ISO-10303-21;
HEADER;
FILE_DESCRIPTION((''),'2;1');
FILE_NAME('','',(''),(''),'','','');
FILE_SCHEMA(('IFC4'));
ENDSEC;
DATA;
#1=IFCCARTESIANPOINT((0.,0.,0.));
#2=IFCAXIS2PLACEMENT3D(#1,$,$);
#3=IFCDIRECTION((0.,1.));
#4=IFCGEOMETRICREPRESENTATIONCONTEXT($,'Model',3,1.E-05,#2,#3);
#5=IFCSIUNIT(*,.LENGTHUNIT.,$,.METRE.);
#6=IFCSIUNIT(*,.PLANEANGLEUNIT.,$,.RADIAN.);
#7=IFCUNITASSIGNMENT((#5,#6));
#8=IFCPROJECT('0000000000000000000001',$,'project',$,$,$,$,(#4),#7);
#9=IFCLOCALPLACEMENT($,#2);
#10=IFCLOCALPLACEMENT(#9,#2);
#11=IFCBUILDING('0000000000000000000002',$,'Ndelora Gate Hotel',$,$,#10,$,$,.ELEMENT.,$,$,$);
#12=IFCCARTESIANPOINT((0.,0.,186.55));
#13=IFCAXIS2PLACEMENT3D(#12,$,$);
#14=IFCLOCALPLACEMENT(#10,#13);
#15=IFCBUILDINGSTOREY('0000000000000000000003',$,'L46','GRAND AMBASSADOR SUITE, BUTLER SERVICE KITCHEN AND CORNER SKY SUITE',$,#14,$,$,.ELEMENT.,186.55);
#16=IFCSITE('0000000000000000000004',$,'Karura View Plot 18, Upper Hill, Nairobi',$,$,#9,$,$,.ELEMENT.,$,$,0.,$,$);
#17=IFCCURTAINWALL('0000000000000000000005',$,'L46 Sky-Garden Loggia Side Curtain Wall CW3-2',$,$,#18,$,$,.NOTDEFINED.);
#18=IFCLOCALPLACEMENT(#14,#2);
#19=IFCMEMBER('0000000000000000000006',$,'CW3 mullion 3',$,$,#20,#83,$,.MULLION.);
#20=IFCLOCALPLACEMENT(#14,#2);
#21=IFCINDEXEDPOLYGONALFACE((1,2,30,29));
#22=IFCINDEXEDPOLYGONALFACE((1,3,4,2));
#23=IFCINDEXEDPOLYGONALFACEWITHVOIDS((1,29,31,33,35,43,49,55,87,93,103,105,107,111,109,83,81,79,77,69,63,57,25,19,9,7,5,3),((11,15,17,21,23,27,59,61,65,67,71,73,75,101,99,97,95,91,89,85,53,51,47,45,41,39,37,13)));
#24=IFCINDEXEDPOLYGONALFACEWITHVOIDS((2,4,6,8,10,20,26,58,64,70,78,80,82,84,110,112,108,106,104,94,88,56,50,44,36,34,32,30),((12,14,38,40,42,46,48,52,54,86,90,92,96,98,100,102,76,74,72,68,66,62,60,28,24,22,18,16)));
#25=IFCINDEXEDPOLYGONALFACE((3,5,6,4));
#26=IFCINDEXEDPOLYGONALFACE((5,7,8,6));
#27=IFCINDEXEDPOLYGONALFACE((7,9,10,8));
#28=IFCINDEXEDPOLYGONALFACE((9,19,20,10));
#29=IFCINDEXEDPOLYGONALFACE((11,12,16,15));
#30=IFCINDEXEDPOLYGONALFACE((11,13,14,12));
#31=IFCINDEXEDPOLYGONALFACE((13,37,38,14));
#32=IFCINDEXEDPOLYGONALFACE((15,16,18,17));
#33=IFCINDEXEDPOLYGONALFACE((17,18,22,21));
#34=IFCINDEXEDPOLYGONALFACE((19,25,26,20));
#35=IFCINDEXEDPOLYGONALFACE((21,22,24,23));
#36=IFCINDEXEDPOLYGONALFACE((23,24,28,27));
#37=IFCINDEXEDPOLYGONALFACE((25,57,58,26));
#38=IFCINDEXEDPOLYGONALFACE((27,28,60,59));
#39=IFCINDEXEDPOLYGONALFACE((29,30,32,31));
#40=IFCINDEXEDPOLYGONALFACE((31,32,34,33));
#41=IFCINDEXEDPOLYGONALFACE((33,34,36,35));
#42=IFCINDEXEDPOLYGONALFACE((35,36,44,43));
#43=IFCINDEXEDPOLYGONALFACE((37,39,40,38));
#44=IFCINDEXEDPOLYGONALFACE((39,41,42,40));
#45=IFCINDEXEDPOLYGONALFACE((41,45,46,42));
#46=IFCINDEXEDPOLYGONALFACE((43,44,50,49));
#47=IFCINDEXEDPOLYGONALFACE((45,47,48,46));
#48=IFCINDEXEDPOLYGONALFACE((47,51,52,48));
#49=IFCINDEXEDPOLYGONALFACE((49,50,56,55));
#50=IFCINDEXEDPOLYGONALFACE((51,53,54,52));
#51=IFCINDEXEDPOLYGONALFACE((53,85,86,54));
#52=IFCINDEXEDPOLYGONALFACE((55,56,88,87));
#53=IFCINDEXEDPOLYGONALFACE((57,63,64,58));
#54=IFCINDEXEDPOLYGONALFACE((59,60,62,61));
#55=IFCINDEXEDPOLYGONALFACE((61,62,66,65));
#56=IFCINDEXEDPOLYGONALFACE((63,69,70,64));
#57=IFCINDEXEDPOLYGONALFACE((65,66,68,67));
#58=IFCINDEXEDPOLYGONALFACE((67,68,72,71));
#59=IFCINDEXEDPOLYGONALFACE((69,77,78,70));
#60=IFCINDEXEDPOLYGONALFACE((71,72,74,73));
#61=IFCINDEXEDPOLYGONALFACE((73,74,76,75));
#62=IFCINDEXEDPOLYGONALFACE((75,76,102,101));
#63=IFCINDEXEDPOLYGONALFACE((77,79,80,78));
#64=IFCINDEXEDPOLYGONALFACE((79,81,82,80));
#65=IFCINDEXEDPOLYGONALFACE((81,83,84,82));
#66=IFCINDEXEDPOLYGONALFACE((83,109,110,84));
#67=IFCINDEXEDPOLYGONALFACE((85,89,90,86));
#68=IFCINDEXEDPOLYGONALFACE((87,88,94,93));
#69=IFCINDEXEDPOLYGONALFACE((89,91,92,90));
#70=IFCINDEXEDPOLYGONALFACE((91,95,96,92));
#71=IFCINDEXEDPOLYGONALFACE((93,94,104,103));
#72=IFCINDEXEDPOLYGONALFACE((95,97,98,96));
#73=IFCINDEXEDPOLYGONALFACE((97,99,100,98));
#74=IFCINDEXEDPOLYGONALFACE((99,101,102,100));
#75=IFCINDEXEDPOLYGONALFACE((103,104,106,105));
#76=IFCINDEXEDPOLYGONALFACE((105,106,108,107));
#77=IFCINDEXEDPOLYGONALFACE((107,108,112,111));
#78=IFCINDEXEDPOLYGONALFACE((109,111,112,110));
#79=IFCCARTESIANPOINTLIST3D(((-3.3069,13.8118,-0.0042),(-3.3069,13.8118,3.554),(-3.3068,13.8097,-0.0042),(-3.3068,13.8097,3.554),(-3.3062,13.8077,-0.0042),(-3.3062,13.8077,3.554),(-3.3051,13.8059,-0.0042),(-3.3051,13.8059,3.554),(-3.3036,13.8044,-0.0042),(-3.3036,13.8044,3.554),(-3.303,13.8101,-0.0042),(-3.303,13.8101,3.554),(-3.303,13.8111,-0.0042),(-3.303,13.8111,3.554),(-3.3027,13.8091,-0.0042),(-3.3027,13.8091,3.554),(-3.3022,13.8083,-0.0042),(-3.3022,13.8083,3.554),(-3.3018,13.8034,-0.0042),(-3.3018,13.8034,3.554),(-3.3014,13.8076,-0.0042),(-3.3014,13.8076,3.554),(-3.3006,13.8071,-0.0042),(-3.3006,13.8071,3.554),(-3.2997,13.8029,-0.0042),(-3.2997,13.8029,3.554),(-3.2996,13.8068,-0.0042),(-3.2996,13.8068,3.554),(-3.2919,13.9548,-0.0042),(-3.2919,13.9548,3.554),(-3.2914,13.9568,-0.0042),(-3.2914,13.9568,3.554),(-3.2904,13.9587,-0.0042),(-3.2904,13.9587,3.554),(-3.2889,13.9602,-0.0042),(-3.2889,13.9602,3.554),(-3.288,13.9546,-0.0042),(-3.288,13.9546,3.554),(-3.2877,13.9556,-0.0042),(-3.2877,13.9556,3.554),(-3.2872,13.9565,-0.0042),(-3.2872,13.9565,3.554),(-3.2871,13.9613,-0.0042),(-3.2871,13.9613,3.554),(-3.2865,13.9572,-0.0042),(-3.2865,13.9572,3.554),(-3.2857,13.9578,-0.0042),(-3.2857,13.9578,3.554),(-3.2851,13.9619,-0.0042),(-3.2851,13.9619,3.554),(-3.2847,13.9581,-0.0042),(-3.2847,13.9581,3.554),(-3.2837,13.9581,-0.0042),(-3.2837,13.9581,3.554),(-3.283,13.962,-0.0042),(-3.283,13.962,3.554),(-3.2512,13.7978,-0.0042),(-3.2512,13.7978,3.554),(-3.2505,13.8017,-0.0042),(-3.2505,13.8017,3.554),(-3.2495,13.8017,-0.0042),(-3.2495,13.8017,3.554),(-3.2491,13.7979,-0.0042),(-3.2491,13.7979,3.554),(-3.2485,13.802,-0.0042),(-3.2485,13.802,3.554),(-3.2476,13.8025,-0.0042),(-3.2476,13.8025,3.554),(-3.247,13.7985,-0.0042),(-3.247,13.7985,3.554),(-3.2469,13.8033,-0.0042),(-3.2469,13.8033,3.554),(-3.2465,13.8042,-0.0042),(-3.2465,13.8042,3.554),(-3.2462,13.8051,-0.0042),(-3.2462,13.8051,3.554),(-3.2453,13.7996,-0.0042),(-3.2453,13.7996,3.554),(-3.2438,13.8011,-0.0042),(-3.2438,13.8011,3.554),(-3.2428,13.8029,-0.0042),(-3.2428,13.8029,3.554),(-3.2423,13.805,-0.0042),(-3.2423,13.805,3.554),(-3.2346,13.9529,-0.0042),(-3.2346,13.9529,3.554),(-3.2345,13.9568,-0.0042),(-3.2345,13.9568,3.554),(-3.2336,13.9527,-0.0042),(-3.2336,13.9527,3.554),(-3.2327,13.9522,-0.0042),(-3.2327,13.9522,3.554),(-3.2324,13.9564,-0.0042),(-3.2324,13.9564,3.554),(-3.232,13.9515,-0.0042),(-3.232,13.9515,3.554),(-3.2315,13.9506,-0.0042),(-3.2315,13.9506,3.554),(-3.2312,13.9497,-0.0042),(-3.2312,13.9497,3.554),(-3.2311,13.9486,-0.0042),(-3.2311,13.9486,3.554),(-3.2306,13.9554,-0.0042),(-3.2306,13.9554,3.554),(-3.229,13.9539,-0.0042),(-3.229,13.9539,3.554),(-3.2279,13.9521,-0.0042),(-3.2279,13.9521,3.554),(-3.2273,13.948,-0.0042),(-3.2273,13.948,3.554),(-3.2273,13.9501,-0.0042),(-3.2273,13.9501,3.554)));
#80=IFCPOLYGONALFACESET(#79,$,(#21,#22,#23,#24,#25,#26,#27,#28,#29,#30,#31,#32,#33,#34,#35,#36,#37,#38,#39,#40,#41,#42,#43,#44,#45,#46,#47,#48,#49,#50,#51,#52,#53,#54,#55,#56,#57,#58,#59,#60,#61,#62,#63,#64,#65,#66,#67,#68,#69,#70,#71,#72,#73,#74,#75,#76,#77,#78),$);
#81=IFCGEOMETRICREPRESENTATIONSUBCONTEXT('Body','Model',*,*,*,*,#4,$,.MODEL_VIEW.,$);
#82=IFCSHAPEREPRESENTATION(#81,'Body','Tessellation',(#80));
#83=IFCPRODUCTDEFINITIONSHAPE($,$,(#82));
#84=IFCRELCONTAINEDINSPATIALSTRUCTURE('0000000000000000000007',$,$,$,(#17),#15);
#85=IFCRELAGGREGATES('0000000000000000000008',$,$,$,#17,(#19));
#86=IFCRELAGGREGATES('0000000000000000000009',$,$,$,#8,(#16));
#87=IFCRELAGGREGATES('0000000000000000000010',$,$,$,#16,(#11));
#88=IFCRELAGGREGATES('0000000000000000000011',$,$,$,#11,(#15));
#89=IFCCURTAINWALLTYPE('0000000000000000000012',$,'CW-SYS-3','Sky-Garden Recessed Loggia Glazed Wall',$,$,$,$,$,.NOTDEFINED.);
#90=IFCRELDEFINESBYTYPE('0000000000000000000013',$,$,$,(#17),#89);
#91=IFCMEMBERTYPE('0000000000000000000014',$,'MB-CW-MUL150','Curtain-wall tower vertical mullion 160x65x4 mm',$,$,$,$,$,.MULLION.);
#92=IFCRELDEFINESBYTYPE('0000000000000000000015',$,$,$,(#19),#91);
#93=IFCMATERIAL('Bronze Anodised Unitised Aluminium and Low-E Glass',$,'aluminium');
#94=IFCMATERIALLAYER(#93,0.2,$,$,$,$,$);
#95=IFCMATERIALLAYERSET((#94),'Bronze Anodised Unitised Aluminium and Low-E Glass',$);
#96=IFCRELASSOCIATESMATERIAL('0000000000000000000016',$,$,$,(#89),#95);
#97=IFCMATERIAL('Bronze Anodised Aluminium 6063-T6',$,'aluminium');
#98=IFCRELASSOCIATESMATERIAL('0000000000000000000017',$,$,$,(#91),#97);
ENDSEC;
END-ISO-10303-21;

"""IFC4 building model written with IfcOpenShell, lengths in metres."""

from ifc_helpers import new_model, si_unit, direction, frame, origin, origin_2d, place, context, subcontext, project, spatial, hollow_rectangle, extrude, material, layer, layer_set, material_profile, profile_set, type_object, element, aggregate, save


model = new_model("IFC4")

# Units and contexts
model_context = context("Model", 3, precision=1e-05, world=origin(), true_north=direction((0.0, 1.0)))
body_context = subcontext(model_context, "Body", "Model", "MODEL_VIEW")
ifc_project = project(units=[si_unit("LENGTHUNIT", "METRE"), si_unit("PLANEANGLEUNIT", "RADIAN")], contexts=[model_context])

# Site, building, storey
site_placement = place(None, origin())
site = spatial("IfcSite", under=ifc_project, at=site_placement, Name="Karura View Plot 18, Upper Hill, Nairobi", CompositionType="ELEMENT", RefElevation=0.0)
building_placement = place(site_placement, origin())
building = spatial("IfcBuilding", under=site, at=building_placement, Name="Ndelora Gate Hotel", CompositionType="ELEMENT")
storey_placement = place(building_placement, frame((0.0, 0.0, 186.55)))
storey = spatial("IfcBuildingStorey", under=building, at=storey_placement, Name="L46", Description="GRAND AMBASSADOR SUITE, BUTLER SERVICE KITCHEN AND CORNER SKY SUITE", CompositionType="ELEMENT", Elevation=186.55)

# Curtain wall, member
ifc_material_1 = material(Name="Bronze Anodised Unitised Aluminium and Low-E Glass", Category="aluminium")
ifc_layer_1 = layer(ifc_material_1, 0.2)
ifc_layer_set_1 = layer_set([ifc_layer_1], Name="Bronze Anodised Unitised Aluminium and Low-E Glass")
curtain_wall_type = type_object("IfcCurtainWallType", Name="CW-SYS-3", Description="Sky-Garden Recessed Loggia Glazed Wall", PredefinedType="NOTDEFINED", material=ifc_layer_set_1)
curtain_wall_placement = place(storey_placement, origin())
curtain_wall = element("IfcCurtainWall", 1, at=curtain_wall_placement, inside=storey, type_object=curtain_wall_type, Name="L46 Sky-Garden Loggia Side Curtain Wall CW3-2", PredefinedType="NOTDEFINED")
ifc_material_2 = material(Name="Bronze Anodised Aluminium 6063-T6", Category="aluminium")
ifc_material_profile = material_profile(ifc_material_2, hollow_rectangle(XDim=0.0649, YDim=0.1599, WallThickness=0.0039, InnerFilletRadius=0.0039, OuterFilletRadius=0.0081, at=origin_2d()), Name="ALU 160x65x4")
ifc_profile_set = profile_set([ifc_material_profile], Name="Bronze Anodised Aluminium 6063-T6")
member_type = type_object("IfcMemberType", Name="MB-CW-MUL150", Description="Curtain-wall tower vertical mullion 160x65x4 mm", PredefinedType="MULLION", material=ifc_profile_set)
member_placement = place(storey_placement, frame((-3.2671, 13.8799, -0.0042), z_axis=(0.0, 0.0, 1.0), x_axis=(0.994525, -0.104498, 0.0)))
member = element("IfcMember", 2, at=member_placement, type_object=member_type, Name="CW3 mullion 3", PredefinedType="MULLION", context=body_context, shape_type="SweptSolid", body=[
    extrude(hollow_rectangle(XDim=0.0649, YDim=0.1599, WallThickness=0.0039, InnerFilletRadius=0.0039, OuterFilletRadius=0.0081, at=origin_2d()), origin(), (0.0, 0.0, 1.0), 3.5581),
])
aggregate(curtain_wall, [member])

save(model, "model.ifc")
